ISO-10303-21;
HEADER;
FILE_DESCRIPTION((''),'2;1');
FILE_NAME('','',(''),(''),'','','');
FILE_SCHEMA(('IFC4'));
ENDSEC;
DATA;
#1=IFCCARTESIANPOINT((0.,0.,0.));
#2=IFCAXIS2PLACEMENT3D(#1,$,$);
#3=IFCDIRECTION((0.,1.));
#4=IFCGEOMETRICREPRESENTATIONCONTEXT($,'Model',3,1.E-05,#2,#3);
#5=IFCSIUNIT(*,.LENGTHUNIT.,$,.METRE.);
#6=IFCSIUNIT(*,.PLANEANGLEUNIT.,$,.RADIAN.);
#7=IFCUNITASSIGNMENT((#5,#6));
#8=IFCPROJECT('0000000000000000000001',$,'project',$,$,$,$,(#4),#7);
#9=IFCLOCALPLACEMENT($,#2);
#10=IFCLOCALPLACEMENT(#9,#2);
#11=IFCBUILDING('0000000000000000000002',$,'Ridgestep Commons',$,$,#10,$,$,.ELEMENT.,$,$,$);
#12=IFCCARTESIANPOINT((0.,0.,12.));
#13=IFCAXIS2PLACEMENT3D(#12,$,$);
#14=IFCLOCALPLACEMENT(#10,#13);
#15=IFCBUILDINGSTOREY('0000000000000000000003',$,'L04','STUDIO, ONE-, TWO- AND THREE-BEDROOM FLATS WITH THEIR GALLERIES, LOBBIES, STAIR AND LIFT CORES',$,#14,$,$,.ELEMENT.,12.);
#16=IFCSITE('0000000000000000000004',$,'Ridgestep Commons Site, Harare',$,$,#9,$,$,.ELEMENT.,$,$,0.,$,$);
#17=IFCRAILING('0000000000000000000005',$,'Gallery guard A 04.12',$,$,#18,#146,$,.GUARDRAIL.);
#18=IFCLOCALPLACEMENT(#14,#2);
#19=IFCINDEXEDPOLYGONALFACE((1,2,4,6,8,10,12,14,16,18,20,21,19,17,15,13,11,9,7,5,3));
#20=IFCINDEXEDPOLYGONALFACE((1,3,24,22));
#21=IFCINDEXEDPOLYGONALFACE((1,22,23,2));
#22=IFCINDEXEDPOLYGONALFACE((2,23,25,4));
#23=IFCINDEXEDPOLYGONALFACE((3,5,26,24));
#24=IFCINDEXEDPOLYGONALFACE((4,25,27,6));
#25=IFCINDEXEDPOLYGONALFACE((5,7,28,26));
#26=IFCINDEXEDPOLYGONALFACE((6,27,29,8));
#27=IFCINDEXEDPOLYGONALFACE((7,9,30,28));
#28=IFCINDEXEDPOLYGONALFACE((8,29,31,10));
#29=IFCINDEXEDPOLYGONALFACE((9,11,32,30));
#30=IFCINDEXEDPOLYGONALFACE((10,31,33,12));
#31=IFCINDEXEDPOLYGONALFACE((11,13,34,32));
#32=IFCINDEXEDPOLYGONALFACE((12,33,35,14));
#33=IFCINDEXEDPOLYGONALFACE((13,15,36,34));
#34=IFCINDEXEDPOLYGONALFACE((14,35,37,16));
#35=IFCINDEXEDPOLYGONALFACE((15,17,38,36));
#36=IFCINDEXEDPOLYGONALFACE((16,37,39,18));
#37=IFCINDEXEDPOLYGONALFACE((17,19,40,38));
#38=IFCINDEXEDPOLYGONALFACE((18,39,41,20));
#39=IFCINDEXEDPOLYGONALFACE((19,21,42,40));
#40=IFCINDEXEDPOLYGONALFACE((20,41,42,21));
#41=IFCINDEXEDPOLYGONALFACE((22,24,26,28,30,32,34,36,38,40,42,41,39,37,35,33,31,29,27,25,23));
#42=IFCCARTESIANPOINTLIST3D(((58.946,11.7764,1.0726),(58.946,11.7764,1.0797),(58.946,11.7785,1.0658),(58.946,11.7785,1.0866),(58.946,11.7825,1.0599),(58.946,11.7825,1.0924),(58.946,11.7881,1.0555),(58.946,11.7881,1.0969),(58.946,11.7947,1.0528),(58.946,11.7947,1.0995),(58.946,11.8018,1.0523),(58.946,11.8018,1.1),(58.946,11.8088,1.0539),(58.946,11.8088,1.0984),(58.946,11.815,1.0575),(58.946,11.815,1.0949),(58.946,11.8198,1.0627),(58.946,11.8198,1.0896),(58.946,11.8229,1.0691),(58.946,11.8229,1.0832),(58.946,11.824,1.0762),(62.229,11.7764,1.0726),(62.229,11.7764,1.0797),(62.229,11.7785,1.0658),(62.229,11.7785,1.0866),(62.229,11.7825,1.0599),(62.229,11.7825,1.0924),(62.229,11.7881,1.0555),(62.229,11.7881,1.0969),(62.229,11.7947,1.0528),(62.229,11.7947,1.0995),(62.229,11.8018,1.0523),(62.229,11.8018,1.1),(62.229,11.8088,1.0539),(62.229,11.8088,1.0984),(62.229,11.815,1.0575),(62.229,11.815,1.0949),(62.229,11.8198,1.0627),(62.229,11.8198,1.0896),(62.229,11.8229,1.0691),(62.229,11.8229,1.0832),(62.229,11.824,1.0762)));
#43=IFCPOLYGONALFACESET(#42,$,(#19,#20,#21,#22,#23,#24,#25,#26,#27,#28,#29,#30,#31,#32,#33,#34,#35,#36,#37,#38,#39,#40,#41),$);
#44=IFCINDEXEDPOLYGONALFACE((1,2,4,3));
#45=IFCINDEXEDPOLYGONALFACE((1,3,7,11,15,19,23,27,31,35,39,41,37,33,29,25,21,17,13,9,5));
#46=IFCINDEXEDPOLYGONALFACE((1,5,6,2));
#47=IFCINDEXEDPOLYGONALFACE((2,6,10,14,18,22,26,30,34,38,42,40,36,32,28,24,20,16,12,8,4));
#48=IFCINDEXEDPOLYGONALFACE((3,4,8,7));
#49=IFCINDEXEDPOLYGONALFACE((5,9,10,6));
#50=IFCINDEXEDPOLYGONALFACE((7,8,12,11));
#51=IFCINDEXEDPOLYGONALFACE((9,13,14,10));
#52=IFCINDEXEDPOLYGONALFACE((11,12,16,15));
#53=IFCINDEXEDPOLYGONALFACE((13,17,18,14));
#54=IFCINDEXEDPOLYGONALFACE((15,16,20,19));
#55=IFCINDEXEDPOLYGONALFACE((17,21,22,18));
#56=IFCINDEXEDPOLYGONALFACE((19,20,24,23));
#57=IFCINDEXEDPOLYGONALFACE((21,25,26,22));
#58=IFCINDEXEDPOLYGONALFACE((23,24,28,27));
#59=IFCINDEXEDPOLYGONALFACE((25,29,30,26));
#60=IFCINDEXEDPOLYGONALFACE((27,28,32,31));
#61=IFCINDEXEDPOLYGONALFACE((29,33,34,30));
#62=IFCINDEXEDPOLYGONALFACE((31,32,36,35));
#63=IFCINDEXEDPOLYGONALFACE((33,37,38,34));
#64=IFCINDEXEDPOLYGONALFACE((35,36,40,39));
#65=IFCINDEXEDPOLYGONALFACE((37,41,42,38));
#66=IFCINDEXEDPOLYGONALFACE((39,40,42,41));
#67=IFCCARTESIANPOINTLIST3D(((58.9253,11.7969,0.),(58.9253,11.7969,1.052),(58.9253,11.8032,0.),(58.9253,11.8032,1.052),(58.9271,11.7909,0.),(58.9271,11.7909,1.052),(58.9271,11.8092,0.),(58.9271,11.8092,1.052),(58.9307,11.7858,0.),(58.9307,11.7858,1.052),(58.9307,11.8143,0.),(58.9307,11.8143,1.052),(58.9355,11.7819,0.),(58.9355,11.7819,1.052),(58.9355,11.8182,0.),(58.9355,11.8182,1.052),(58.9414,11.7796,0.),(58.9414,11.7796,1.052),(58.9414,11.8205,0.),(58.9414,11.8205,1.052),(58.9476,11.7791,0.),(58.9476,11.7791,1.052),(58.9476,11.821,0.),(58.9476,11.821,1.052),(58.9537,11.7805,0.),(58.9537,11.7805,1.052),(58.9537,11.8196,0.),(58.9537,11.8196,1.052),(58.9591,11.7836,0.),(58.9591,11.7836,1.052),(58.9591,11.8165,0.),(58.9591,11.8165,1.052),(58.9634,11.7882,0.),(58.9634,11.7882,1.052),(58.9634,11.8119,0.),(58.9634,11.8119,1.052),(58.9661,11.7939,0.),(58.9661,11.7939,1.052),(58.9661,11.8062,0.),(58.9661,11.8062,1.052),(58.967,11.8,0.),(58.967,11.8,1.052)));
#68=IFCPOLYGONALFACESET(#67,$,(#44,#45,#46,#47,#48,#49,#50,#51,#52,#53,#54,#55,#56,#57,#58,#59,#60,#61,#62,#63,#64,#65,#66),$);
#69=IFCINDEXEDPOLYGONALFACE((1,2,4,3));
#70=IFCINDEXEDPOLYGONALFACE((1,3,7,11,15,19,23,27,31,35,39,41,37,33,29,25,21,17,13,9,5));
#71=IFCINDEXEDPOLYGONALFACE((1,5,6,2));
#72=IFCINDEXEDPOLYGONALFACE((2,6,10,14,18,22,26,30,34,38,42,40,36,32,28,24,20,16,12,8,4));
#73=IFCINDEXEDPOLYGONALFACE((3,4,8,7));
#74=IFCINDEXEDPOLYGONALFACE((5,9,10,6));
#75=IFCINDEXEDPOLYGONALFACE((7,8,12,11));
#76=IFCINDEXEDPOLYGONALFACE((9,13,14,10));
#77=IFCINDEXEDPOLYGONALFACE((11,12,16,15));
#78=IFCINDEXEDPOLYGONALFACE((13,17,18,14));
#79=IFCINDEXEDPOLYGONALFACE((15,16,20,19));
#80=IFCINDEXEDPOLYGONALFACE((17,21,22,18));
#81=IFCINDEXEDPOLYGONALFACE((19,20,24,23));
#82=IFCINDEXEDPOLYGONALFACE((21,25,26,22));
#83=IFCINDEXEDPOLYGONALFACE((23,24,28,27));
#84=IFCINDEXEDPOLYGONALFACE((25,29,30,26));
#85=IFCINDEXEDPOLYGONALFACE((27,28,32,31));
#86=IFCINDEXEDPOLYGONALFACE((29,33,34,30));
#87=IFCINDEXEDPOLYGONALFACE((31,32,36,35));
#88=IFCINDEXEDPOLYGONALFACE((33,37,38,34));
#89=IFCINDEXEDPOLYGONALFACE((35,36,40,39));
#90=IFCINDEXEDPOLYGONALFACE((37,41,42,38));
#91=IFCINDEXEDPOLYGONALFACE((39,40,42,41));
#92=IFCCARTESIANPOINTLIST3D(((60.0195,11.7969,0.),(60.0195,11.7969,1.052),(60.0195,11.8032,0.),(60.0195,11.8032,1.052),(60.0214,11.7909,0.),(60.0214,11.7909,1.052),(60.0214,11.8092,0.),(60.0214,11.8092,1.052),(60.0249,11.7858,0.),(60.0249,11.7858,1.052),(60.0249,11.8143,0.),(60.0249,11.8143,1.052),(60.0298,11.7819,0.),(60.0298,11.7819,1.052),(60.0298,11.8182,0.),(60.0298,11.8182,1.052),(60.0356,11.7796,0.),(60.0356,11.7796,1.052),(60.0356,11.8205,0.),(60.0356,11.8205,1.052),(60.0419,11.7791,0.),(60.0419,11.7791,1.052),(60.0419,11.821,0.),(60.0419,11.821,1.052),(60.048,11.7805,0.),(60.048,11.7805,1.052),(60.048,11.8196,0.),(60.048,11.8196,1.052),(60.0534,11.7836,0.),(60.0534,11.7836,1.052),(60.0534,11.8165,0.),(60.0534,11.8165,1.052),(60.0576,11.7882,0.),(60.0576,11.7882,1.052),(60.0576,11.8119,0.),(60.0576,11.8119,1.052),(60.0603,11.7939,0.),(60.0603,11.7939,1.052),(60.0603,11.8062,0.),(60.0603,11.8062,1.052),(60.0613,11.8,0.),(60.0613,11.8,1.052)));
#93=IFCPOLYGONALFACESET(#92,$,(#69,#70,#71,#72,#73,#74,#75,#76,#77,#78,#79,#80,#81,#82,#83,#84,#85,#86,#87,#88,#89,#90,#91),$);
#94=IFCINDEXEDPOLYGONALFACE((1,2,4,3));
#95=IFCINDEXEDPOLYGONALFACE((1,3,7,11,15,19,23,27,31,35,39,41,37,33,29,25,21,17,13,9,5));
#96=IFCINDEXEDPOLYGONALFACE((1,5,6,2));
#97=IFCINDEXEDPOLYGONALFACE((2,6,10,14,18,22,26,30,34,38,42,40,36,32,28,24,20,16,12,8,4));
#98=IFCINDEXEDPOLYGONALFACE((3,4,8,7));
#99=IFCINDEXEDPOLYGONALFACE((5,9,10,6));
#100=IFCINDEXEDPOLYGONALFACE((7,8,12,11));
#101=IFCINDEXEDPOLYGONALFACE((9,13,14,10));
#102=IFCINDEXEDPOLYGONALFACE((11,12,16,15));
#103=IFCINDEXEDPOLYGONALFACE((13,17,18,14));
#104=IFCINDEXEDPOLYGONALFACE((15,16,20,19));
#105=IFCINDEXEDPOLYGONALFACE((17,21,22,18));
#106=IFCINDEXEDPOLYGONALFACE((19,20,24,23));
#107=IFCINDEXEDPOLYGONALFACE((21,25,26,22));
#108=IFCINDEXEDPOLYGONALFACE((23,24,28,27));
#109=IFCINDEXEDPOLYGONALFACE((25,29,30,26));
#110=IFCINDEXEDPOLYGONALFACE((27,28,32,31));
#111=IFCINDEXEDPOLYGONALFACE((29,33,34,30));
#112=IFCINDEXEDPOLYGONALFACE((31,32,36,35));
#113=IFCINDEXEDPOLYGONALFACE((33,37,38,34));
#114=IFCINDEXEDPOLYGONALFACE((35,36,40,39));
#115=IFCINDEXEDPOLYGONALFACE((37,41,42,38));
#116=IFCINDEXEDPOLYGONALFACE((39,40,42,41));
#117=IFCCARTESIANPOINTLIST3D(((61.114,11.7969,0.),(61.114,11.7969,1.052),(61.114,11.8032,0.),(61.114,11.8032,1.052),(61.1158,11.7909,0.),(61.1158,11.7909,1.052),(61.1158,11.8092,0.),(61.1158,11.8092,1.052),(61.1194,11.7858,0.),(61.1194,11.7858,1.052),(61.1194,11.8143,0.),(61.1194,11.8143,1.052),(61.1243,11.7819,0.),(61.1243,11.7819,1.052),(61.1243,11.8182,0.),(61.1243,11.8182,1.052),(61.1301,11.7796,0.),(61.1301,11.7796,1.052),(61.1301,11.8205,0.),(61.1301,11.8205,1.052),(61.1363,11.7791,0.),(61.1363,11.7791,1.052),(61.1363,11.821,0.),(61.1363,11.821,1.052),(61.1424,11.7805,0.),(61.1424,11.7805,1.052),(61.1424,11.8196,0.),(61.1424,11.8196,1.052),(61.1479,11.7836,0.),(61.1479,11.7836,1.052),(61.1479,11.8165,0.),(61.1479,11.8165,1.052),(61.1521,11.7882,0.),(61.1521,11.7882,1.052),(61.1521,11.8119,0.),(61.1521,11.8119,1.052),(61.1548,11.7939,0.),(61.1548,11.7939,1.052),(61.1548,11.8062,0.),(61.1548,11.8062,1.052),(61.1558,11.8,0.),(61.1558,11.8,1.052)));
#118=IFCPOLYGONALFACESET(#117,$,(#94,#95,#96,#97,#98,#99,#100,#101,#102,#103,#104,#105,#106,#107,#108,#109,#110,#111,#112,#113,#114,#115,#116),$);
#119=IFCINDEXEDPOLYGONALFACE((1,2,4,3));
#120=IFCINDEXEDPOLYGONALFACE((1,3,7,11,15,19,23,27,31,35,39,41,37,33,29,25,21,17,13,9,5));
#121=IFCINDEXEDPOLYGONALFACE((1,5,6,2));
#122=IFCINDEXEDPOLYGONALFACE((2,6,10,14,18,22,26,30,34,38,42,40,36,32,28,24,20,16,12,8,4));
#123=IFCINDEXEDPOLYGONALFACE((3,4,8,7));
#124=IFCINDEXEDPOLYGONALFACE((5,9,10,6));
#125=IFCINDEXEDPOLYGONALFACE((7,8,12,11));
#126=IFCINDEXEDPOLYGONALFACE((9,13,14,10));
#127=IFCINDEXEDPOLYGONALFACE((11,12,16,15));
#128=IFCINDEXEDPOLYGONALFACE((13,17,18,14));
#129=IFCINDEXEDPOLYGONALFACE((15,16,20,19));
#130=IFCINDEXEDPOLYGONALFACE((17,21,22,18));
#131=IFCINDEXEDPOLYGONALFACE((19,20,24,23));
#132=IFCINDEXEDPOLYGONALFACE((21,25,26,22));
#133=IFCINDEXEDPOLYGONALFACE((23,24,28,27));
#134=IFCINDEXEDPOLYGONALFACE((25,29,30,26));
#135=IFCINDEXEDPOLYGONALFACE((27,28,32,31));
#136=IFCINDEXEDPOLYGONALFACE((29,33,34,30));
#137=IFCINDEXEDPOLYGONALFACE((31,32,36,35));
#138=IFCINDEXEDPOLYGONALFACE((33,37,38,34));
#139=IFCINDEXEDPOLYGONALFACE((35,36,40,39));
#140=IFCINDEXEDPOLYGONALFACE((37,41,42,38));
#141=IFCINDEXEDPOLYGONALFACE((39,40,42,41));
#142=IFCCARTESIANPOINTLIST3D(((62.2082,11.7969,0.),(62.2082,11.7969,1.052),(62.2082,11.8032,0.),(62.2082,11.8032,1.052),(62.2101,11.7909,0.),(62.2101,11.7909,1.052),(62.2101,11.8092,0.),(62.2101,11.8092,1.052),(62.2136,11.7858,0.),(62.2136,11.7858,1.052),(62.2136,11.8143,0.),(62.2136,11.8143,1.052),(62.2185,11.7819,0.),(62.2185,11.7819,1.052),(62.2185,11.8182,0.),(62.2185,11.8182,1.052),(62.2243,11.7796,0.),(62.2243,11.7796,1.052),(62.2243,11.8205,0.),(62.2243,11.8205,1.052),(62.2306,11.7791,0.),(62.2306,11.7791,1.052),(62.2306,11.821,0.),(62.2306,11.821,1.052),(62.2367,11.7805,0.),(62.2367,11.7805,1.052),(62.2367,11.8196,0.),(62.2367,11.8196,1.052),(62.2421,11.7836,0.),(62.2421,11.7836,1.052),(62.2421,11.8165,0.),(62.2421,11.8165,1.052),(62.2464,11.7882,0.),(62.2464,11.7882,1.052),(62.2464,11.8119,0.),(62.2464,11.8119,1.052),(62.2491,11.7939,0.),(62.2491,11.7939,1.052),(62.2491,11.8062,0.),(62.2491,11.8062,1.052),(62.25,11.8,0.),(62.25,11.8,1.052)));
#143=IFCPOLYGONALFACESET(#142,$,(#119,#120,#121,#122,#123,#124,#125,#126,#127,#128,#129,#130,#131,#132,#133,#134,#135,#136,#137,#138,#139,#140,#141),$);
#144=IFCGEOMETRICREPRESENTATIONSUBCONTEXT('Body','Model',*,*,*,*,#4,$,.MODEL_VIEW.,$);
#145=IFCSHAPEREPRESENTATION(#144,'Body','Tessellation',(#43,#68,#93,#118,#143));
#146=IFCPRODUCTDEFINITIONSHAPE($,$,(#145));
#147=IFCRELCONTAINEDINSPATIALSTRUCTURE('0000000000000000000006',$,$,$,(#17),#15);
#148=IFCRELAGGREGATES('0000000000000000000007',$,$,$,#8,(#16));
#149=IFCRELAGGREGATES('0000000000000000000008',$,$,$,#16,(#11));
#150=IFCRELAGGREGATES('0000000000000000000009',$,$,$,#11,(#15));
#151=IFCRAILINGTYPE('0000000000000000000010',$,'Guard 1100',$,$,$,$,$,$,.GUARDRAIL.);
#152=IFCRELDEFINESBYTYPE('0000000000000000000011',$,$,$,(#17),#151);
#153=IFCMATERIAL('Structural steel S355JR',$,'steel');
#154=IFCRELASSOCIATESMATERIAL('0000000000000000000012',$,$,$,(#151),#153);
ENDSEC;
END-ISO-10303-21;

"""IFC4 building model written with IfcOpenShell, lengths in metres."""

from ifc_helpers import new_model, si_unit, direction, frame, origin, origin_2d, place, context, subcontext, project, spatial, circle, extrude, material, type_object, element, save


model = new_model("IFC4")

# Units and contexts
model_context = context("Model", 3, precision=1e-05, world=origin(), true_north=direction((0.0, 1.0)))
body_context = subcontext(model_context, "Body", "Model", "MODEL_VIEW")
ifc_project = project(units=[si_unit("LENGTHUNIT", "METRE"), si_unit("PLANEANGLEUNIT", "RADIAN")], contexts=[model_context])

# Site, building, storey
site_placement = place(None, origin())
site = spatial("IfcSite", under=ifc_project, at=site_placement, Name="Ridgestep Commons Site, Harare", CompositionType="ELEMENT", RefElevation=0.0)
building_placement = place(site_placement, origin())
building = spatial("IfcBuilding", under=site, at=building_placement, Name="Ridgestep Commons", CompositionType="ELEMENT")
storey_placement = place(building_placement, frame((0.0, 0.0, 12.0)))
storey = spatial("IfcBuildingStorey", under=building, at=storey_placement, Name="L04", Description="STUDIO, ONE-, TWO- AND THREE-BEDROOM FLATS WITH THEIR GALLERIES, LOBBIES, STAIR AND LIFT CORES", CompositionType="ELEMENT", Elevation=12.0)

# Railing
ifc_material_1 = material(Name="Structural steel S355JR", Category="steel")
railing_type = type_object("IfcRailingType", Name="Guard 1100", PredefinedType="GUARDRAIL", material=ifc_material_1)
for number, where, name in (
    (1, (58.946, 11.8, 0.0), "Gallery guard A 04.12"),
):
    element("IfcRailing", number, at=place(storey_placement, frame(where)), inside=storey, type_object=railing_type, Name=name, PredefinedType="GUARDRAIL", context=body_context, shape_type="SweptSolid", body=[
        extrude(circle(Radius=0.0239, at=origin_2d()), frame((0.0, 0.0, 1.0762), z_axis=(1.0, 0.0, 0.0), x_axis=(0.0, 1.0, 0.0)), (0.0, 0.0, 1.0), 3.283),
        extrude(circle(Radius=0.021, at=origin_2d()), origin(), (0.0, 0.0, 1.0), 1.052),
        extrude(circle(Radius=0.021, at=origin_2d()), frame((1.0942, 0.0, 0.0)), (0.0, 0.0, 1.0), 1.052),
        extrude(circle(Radius=0.021, at=origin_2d()), frame((2.1887, 0.0, 0.0)), (0.0, 0.0, 1.0), 1.052),
        extrude(circle(Radius=0.021, at=origin_2d()), frame((3.283, 0.0, 0.0)), (0.0, 0.0, 1.0), 1.052),
    ])

save(model, "model.ifc")
